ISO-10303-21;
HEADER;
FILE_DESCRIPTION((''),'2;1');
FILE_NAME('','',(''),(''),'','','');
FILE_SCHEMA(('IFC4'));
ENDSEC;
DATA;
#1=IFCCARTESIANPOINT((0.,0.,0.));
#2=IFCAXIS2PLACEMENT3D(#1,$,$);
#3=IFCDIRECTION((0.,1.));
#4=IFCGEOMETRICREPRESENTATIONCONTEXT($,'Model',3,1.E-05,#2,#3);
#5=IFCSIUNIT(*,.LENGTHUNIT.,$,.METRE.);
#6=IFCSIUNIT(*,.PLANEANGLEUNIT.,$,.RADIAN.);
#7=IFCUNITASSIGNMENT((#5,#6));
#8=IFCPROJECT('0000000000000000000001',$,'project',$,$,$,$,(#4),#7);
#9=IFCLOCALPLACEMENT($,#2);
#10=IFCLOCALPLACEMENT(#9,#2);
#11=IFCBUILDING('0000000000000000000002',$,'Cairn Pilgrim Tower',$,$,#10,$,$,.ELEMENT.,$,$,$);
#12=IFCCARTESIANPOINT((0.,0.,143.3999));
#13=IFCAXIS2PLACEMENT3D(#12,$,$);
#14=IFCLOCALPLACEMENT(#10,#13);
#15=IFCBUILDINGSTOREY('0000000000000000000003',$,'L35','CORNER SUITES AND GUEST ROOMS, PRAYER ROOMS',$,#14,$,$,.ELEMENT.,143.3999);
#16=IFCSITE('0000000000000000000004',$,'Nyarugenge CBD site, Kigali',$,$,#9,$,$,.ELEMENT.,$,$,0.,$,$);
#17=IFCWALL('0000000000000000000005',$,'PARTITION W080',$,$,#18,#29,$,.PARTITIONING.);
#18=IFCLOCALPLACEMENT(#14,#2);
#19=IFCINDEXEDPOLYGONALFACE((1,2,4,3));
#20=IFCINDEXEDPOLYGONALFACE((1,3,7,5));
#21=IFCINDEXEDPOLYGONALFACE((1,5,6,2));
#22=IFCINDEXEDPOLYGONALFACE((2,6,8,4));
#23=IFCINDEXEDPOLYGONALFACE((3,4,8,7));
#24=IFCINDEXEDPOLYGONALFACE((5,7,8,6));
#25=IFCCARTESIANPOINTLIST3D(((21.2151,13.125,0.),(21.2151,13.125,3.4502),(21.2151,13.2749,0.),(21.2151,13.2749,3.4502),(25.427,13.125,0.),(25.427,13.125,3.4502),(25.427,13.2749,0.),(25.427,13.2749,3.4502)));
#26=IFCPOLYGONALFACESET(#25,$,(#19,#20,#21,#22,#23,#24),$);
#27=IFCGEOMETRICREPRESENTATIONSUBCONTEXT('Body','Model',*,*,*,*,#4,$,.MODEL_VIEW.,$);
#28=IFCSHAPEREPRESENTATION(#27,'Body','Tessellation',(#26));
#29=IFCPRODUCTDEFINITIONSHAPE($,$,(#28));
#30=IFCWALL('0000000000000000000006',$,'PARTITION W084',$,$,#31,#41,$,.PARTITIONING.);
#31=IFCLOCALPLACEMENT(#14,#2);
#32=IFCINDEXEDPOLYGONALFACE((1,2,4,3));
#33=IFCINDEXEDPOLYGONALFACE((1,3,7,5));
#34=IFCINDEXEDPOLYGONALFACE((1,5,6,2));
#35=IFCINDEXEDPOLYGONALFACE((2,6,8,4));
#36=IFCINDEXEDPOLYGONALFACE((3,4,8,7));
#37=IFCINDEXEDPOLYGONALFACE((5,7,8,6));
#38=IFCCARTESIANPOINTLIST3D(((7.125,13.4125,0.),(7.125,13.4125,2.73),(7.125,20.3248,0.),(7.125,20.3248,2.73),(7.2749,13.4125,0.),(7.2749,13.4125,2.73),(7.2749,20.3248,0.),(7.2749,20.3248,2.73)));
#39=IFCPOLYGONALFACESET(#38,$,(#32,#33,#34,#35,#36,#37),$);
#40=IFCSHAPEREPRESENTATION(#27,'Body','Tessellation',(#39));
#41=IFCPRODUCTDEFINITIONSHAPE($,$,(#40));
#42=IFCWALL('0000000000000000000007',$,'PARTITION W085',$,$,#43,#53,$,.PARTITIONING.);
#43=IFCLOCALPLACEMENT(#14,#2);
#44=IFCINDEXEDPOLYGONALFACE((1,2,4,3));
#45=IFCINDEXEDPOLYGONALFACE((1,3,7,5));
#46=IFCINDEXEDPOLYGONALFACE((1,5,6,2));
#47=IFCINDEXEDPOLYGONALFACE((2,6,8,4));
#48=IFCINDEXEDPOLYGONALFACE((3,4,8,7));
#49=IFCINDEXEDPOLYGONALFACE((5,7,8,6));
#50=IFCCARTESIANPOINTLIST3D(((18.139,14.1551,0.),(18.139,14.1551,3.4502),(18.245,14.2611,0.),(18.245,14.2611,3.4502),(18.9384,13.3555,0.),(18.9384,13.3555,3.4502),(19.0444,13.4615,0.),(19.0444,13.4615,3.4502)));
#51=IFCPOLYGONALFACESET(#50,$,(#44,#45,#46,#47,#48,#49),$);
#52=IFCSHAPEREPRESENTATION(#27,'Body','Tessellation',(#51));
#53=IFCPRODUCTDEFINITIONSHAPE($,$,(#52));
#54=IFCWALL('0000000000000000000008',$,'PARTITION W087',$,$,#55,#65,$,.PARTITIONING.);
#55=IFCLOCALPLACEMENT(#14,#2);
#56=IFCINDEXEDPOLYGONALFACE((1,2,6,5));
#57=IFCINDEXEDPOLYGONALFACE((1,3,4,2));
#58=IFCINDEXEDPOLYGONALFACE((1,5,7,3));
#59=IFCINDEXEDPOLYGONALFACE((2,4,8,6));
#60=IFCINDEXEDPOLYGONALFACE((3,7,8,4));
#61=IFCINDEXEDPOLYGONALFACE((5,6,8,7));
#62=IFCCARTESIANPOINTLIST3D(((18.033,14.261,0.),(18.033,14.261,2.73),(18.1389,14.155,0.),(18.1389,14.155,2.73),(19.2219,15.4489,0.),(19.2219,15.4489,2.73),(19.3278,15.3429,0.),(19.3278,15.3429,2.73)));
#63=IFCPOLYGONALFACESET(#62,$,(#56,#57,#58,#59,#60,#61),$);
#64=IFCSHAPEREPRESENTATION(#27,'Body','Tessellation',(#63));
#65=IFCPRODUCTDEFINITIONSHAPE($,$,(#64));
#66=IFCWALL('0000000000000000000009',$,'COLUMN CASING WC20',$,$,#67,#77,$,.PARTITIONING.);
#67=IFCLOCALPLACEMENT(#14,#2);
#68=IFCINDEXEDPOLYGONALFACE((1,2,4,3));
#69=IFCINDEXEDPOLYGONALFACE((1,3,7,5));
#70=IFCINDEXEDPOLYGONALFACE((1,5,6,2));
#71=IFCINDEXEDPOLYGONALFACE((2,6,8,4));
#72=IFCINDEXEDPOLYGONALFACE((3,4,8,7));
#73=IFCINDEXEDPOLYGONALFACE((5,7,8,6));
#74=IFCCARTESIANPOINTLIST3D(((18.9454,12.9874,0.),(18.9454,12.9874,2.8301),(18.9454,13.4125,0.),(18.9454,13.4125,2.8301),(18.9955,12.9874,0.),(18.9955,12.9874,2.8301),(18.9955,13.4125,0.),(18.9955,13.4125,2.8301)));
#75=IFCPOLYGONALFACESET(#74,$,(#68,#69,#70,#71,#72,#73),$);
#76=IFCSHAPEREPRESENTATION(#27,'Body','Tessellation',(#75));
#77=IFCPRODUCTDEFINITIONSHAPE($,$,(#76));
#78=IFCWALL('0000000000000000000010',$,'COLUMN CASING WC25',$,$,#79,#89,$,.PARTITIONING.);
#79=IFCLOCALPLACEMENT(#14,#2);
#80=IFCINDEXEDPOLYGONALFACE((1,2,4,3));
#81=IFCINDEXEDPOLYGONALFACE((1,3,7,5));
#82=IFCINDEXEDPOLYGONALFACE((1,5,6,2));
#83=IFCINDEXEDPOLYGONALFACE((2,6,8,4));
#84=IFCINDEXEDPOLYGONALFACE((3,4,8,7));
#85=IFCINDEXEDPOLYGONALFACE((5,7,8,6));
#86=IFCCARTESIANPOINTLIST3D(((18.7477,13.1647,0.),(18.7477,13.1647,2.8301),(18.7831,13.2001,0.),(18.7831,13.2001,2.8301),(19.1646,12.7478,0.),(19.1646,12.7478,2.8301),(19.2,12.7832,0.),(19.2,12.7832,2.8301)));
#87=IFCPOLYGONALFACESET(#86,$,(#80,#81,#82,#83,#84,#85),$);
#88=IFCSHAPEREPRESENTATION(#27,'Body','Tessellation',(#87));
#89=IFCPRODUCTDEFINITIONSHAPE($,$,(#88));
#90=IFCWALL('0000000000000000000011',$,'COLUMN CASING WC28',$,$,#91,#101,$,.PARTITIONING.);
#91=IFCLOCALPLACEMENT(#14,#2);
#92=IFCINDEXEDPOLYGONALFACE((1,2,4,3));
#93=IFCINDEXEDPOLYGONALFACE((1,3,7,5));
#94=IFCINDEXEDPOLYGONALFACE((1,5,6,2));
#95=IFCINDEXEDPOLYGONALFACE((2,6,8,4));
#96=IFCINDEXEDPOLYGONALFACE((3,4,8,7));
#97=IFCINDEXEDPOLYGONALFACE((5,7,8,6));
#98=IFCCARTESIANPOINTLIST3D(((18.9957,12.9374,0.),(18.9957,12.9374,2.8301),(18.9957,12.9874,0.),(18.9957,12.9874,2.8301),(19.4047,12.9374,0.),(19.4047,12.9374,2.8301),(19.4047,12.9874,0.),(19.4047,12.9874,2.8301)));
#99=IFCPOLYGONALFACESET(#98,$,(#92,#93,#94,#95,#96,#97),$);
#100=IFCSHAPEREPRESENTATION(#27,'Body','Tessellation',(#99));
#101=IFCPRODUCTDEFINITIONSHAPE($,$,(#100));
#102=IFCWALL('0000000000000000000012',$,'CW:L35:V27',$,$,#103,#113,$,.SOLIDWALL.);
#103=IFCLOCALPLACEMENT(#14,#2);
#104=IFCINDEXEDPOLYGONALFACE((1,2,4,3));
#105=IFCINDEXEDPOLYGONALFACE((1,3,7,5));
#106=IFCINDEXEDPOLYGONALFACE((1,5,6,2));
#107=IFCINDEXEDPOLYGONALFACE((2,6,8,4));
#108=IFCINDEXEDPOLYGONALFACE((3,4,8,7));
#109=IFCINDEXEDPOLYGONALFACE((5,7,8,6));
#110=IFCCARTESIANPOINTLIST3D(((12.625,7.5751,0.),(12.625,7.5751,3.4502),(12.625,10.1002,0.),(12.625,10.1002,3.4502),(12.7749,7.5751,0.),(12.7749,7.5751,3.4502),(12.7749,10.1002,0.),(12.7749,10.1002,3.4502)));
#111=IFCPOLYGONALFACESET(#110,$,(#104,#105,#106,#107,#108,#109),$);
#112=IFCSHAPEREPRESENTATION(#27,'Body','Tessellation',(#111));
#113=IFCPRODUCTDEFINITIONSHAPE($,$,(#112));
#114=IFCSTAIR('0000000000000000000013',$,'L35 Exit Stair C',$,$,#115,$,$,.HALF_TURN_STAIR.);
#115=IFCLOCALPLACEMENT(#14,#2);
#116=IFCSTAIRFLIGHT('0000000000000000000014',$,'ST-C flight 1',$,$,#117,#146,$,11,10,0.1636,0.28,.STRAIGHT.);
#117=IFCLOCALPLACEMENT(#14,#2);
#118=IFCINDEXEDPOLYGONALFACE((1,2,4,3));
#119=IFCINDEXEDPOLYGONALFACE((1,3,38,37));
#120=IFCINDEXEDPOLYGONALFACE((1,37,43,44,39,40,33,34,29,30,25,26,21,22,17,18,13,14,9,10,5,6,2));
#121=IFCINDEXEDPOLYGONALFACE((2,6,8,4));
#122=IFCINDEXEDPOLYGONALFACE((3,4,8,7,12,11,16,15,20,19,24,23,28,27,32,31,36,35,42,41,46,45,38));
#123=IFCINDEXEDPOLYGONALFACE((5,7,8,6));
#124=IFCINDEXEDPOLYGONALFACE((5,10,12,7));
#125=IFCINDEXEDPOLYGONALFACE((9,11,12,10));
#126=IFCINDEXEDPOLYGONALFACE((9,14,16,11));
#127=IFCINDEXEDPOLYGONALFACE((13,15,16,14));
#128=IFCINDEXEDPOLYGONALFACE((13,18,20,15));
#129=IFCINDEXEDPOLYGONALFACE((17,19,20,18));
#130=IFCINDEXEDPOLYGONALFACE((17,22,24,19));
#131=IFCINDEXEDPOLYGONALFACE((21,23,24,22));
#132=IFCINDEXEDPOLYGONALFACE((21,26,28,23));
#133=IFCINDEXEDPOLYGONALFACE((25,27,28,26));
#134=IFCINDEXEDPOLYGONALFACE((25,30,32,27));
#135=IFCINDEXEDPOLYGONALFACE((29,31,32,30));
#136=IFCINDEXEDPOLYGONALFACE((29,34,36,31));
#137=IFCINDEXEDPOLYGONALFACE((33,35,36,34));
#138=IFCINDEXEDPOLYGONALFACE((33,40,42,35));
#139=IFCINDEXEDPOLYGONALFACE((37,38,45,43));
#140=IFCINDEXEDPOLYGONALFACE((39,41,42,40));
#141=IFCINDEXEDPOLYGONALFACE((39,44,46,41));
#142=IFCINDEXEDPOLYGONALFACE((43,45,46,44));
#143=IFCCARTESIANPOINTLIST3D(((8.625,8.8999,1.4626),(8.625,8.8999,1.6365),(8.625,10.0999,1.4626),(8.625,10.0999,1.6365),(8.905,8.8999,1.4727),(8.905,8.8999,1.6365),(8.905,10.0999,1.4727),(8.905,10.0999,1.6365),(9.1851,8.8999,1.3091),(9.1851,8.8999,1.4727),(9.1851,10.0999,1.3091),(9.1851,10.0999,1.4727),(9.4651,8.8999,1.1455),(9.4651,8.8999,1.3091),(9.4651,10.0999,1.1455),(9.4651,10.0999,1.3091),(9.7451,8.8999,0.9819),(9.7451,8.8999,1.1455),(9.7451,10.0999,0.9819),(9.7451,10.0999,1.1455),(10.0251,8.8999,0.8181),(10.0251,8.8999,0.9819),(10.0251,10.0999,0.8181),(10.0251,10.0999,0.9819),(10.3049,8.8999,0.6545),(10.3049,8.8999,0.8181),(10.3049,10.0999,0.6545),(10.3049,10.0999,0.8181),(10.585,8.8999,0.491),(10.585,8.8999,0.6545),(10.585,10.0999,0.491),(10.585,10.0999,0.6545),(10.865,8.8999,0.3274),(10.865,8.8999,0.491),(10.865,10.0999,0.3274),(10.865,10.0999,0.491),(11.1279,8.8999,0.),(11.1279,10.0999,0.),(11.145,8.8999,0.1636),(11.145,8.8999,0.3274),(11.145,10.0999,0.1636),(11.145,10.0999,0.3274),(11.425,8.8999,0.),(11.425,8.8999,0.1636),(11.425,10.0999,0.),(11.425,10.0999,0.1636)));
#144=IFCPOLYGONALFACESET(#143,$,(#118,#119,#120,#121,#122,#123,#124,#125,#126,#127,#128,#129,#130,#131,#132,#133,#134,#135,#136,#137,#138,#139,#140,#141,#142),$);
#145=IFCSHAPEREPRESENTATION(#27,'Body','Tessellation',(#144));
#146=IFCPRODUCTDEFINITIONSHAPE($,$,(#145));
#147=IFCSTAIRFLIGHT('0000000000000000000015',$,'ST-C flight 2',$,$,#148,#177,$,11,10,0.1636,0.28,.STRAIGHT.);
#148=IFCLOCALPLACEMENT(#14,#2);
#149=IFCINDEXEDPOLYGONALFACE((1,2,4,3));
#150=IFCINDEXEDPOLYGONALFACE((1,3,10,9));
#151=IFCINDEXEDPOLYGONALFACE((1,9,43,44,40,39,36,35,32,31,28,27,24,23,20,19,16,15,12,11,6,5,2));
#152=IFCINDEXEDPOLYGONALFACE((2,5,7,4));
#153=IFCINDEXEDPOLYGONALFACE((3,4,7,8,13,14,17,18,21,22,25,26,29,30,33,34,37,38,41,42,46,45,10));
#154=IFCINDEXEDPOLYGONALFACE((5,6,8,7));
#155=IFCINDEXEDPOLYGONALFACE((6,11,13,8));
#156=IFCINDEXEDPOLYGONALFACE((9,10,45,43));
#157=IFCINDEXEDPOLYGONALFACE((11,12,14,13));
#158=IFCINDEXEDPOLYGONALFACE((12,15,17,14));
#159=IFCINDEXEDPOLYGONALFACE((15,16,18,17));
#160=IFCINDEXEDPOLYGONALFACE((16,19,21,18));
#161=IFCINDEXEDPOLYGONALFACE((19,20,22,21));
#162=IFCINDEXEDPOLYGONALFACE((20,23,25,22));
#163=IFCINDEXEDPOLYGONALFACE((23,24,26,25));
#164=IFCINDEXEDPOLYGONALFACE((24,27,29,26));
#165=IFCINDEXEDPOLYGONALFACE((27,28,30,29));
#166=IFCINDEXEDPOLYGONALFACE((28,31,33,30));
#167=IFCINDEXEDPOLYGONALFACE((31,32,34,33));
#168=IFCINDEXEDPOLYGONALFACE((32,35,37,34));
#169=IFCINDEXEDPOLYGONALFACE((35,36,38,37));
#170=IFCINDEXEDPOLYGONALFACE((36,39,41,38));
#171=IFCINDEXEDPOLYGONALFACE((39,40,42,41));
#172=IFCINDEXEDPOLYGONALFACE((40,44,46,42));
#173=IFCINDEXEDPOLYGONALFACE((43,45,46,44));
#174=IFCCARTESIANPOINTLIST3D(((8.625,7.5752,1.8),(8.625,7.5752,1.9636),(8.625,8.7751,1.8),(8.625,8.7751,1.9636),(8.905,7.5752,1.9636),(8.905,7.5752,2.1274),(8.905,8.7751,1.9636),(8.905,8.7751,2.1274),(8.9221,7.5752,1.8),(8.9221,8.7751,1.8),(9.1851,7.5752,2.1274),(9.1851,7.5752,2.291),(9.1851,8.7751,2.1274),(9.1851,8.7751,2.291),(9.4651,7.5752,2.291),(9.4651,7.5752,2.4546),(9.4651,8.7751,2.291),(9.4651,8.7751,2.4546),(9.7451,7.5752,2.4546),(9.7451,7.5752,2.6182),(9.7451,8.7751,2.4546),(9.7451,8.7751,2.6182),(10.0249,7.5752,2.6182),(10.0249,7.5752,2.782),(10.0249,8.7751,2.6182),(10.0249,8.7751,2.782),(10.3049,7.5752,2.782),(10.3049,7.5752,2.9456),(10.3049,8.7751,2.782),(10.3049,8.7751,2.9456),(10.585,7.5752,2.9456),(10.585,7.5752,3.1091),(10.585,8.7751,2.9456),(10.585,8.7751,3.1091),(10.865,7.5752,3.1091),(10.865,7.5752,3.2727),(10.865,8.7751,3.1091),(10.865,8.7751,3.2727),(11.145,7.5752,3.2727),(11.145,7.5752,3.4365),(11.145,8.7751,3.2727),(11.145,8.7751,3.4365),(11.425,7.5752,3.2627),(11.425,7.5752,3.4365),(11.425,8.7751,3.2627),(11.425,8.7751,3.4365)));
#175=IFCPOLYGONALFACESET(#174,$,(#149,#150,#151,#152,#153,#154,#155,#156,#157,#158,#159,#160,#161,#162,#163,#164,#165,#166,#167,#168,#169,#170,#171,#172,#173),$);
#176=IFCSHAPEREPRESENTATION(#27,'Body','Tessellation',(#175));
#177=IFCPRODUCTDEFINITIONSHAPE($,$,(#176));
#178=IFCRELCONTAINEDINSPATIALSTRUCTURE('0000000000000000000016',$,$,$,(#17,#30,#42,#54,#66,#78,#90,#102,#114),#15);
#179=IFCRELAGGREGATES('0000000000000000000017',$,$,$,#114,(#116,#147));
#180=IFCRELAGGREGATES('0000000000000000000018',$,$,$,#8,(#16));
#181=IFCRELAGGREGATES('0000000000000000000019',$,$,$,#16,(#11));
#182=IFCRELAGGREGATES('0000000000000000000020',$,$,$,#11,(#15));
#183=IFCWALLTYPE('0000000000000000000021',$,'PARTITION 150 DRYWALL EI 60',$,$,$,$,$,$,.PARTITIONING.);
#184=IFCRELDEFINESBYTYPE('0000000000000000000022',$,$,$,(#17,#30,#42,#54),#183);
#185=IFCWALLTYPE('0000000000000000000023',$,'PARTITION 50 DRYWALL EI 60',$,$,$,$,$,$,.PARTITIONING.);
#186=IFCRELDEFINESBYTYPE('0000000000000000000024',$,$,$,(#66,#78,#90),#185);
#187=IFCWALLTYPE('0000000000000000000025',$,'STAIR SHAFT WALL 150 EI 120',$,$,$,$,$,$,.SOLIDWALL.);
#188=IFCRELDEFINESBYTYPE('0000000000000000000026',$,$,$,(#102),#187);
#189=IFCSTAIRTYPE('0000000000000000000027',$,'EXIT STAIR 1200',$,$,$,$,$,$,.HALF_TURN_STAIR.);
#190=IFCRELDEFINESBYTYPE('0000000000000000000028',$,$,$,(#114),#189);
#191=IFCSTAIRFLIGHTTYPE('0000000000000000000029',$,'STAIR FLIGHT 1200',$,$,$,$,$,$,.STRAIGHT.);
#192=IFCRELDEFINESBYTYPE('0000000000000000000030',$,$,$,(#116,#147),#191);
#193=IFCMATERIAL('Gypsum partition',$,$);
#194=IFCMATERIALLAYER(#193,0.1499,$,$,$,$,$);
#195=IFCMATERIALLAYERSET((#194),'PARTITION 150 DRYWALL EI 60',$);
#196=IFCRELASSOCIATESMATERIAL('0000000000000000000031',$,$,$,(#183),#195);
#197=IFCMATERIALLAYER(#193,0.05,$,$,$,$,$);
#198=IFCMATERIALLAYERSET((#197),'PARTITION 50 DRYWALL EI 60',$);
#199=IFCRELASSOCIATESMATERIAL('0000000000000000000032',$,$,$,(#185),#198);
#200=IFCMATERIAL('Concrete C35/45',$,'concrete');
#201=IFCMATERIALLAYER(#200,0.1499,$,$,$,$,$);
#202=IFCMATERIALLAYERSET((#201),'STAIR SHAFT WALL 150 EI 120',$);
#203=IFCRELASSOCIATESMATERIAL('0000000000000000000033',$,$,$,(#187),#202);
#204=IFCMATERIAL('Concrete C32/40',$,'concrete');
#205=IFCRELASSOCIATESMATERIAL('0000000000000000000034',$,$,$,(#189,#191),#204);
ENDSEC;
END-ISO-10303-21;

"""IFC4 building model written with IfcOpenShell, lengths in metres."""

from ifc_helpers import new_model, si_unit, direction, frame, frame_2d, origin, place, context, subcontext, project, spatial, polyline, rectangle, outline, extrude, material, layer, layer_set, type_object, element, aggregate, save


model = new_model("IFC4")

# Units and contexts
model_context = context("Model", 3, precision=1e-05, world=origin(), true_north=direction((0.0, 1.0)))
body_context = subcontext(model_context, "Body", "Model", "MODEL_VIEW")
ifc_project = project(units=[si_unit("LENGTHUNIT", "METRE"), si_unit("PLANEANGLEUNIT", "RADIAN")], contexts=[model_context])

# Site, building, storey
site_placement = place(None, origin())
site = spatial("IfcSite", under=ifc_project, at=site_placement, Name="Nyarugenge CBD site, Kigali", CompositionType="ELEMENT", RefElevation=0.0)
building_placement = place(site_placement, origin())
building = spatial("IfcBuilding", under=site, at=building_placement, Name="Cairn Pilgrim Tower", CompositionType="ELEMENT")
storey_placement = place(building_placement, frame((0.0, 0.0, 143.3999)))
storey = spatial("IfcBuildingStorey", under=building, at=storey_placement, Name="L35", Description="CORNER SUITES AND GUEST ROOMS, PRAYER ROOMS", CompositionType="ELEMENT", Elevation=143.3999)

# Shared definitions
ifc_material_1 = material(Name="Concrete C32/40", Category="concrete")

# Shared definitions
ifc_material_2 = material(Name="Gypsum partition")
ifc_layer_1 = layer(ifc_material_2, 0.1499)
ifc_layer_set_1 = layer_set([ifc_layer_1], Name="PARTITION 150 DRYWALL EI 60")
wall_type_1 = type_object("IfcWallType", Name="PARTITION 150 DRYWALL EI 60", PredefinedType="PARTITIONING", material=ifc_layer_set_1)

# Walls
wall_1_placement = place(storey_placement, frame((21.2151, 13.2, 0.0), z_axis=(0.0, 0.0, 1.0), x_axis=(1.0, 0.0, 0.0)))
element("IfcWall", 1, at=wall_1_placement, inside=storey, type_object=wall_type_1, Name="PARTITION W080", PredefinedType="PARTITIONING", context=body_context, shape_type="SweptSolid", body=[
    extrude(rectangle(XDim=4.2119, YDim=0.1499, at=frame_2d((2.106, 0.0))), origin(), (0.0, 0.0, 1.0), 3.4502),
])
wall_2_placement = place(storey_placement, frame((7.2, 13.4126, 0.0), z_axis=(0.0, 0.0, 1.0), x_axis=(0.0, 1.0, 0.0)))
element("IfcWall", 2, at=wall_2_placement, inside=storey, type_object=wall_type_1, Name="PARTITION W084", PredefinedType="PARTITIONING", context=body_context, shape_type="SweptSolid", body=[
    extrude(rectangle(XDim=6.9124, YDim=0.1499, at=frame_2d((3.4561, 0.0))), origin(), (0.0, 0.0, 1.0), 2.73),
])
wall_3_placement = place(storey_placement, frame((18.9915, 13.4084, 0.0), z_axis=(0.0, 0.0, 1.0), x_axis=(-0.706999, 0.707215, 0.0)))
element("IfcWall", 3, at=wall_3_placement, inside=storey, type_object=wall_type_1, Name="PARTITION W085", PredefinedType="PARTITIONING", context=body_context, shape_type="SweptSolid", body=[
    extrude(rectangle(XDim=1.1306, YDim=0.1499, at=frame_2d((0.5654, 0.0))), origin(), (0.0, 0.0, 1.0), 3.4502),
])
wall_4_placement = place(storey_placement, frame((18.0859, 14.208, 0.0), z_axis=(0.0, 0.0, 1.0), x_axis=(0.707397, 0.706816, 0.0)))
element("IfcWall", 4, at=wall_4_placement, inside=storey, type_object=wall_type_1, Name="PARTITION W087", PredefinedType="PARTITIONING", context=body_context, shape_type="SweptSolid", body=[
    extrude(rectangle(XDim=1.6807, YDim=0.1499, at=frame_2d((0.8403, 0.0))), origin(), (0.0, 0.0, 1.0), 2.73),
])
ifc_layer_2 = layer(ifc_material_2, 0.05)
ifc_layer_set_2 = layer_set([ifc_layer_2], Name="PARTITION 50 DRYWALL EI 60")
wall_type_2 = type_object("IfcWallType", Name="PARTITION 50 DRYWALL EI 60", PredefinedType="PARTITIONING", material=ifc_layer_set_2)
wall_5_placement = place(storey_placement, frame((18.9705, 12.9875, 0.0), z_axis=(0.0, 0.0, 1.0), x_axis=(0.0, 1.0, 0.0)))
element("IfcWall", 5, at=wall_5_placement, inside=storey, type_object=wall_type_2, Name="COLUMN CASING WC20", PredefinedType="PARTITIONING", context=body_context, shape_type="SweptSolid", body=[
    extrude(rectangle(XDim=0.425, YDim=0.05, at=frame_2d((0.2124, 0.0))), origin(), (0.0, 0.0, 1.0), 2.8301),
])
wall_6_placement = place(storey_placement, frame((19.1824, 12.7654, 0.0), z_axis=(0.0, 0.0, 1.0), x_axis=(-0.707107, 0.707107, 0.0)))
element("IfcWall", 6, at=wall_6_placement, inside=storey, type_object=wall_type_2, Name="COLUMN CASING WC25", PredefinedType="PARTITIONING", context=body_context, shape_type="SweptSolid", body=[
    extrude(rectangle(XDim=0.5896, YDim=0.05, at=frame_2d((0.2949, 0.0))), origin(), (0.0, 0.0, 1.0), 2.8301),
])
wall_7_placement = place(storey_placement, frame((18.9956, 12.9624, 0.0), z_axis=(0.0, 0.0, 1.0), x_axis=(1.0, 0.0, 0.0)))
element("IfcWall", 7, at=wall_7_placement, inside=storey, type_object=wall_type_2, Name="COLUMN CASING WC28", PredefinedType="PARTITIONING", context=body_context, shape_type="SweptSolid", body=[
    extrude(rectangle(XDim=0.4089, YDim=0.05, at=frame_2d((0.2046, 0.0))), origin(), (0.0, 0.0, 1.0), 2.8301),
])
ifc_material_3 = material(Name="Concrete C35/45", Category="concrete")
ifc_layer_3 = layer(ifc_material_3, 0.1499)
ifc_layer_set_3 = layer_set([ifc_layer_3], Name="STAIR SHAFT WALL 150 EI 120")
wall_type_3 = type_object("IfcWallType", Name="STAIR SHAFT WALL 150 EI 120", PredefinedType="SOLIDWALL", material=ifc_layer_set_3)
wall_8_placement = place(storey_placement, frame((12.7, 7.575, 0.0), z_axis=(0.0, 0.0, 1.0), x_axis=(0.0, 1.0, 0.0)))
element("IfcWall", 8, at=wall_8_placement, inside=storey, type_object=wall_type_3, Name="CW:L35:V27", PredefinedType="SOLIDWALL", context=body_context, shape_type="SweptSolid", body=[
    extrude(rectangle(XDim=2.5251, YDim=0.1499, at=frame_2d((1.2627, 0.0))), origin(), (0.0, 0.0, 1.0), 3.4502),
])

# Stair, stair flights
stair_type = type_object("IfcStairType", Name="EXIT STAIR 1200", PredefinedType="HALF_TURN_STAIR", material=ifc_material_1)
stair_placement = place(storey_placement, origin())
stair = element("IfcStair", 9, at=stair_placement, inside=storey, type_object=stair_type, Name="L35 Exit Stair C", PredefinedType="HALF_TURN_STAIR")
stair_flight_type = type_object("IfcStairFlightType", Name="STAIR FLIGHT 1200", PredefinedType="STRAIGHT", material=ifc_material_1)
stair_flight_1_placement = place(storey_placement, frame((11.425, 9.5, 0.0), z_axis=(0.0, 0.0, 1.0), x_axis=(-1.0, 0.0, 0.0)))
stair_flight_1 = element("IfcStairFlight", 10, at=stair_flight_1_placement, type_object=stair_flight_type, Name="ST-C flight 1", NumberOfRisers=11, NumberOfTreads=10, PredefinedType="STRAIGHT", RiserHeight=0.1636, TreadLength=0.28, context=body_context, shape_type="SweptSolid", body=[
    extrude(outline(polyline([(0.0, 0.0), (0.0, 0.1636), (0.28, 0.1636), (0.28, 0.3274), (0.5601, 0.3274), (0.5601, 0.491), (0.8401, 0.491), (0.8401, 0.6545), (1.1201, 0.6545), (1.1201, 0.8181), (1.3999, 0.8181), (1.3999, 0.9819), (1.6799, 0.9819), (1.6799, 1.1455), (1.96, 1.1455), (1.96, 1.3091), (2.24, 1.3091), (2.24, 1.4727), (2.52, 1.4727), (2.52, 1.6365), (2.8, 1.6365), (2.8, 1.8), (2.8, 1.4626), (0.2971, 0.0), (0.0, 0.0)])), frame((0.0, 0.6001, 0.0), z_axis=(0.0, -1.0, 0.0), x_axis=(1.0, 0.0, 0.0)), (0.0, 0.0, 1.0), 1.2),
])
stair_flight_2_placement = place(storey_placement, frame((8.625, 8.175, 1.8), z_axis=(0.0, 0.0, 1.0), x_axis=(1.0, 0.0, 0.0)))
stair_flight_2 = element("IfcStairFlight", 11, at=stair_flight_2_placement, type_object=stair_flight_type, Name="ST-C flight 2", NumberOfRisers=11, NumberOfTreads=10, PredefinedType="STRAIGHT", RiserHeight=0.1636, TreadLength=0.28, context=body_context, shape_type="SweptSolid", body=[
    extrude(outline(polyline([(0.0, 0.0), (0.0, 0.1636), (0.28, 0.1636), (0.28, 0.3274), (0.5601, 0.3274), (0.5601, 0.491), (0.8401, 0.491), (0.8401, 0.6545), (1.1201, 0.6545), (1.1201, 0.8181), (1.3999, 0.8181), (1.3999, 0.9819), (1.6799, 0.9819), (1.6799, 1.1455), (1.96, 1.1455), (1.96, 1.3091), (2.24, 1.3091), (2.24, 1.4727), (2.52, 1.4727), (2.52, 1.6365), (2.8, 1.6365), (2.8, 1.8), (2.8, 1.4626), (0.2971, 0.0), (0.0, 0.0)])), frame((0.0, 0.6001, 0.0), z_axis=(0.0, -1.0, 0.0), x_axis=(1.0, 0.0, 0.0)), (0.0, 0.0, 1.0), 1.2),
])
aggregate(stair, [stair_flight_1, stair_flight_2])

save(model, "model.ifc")
